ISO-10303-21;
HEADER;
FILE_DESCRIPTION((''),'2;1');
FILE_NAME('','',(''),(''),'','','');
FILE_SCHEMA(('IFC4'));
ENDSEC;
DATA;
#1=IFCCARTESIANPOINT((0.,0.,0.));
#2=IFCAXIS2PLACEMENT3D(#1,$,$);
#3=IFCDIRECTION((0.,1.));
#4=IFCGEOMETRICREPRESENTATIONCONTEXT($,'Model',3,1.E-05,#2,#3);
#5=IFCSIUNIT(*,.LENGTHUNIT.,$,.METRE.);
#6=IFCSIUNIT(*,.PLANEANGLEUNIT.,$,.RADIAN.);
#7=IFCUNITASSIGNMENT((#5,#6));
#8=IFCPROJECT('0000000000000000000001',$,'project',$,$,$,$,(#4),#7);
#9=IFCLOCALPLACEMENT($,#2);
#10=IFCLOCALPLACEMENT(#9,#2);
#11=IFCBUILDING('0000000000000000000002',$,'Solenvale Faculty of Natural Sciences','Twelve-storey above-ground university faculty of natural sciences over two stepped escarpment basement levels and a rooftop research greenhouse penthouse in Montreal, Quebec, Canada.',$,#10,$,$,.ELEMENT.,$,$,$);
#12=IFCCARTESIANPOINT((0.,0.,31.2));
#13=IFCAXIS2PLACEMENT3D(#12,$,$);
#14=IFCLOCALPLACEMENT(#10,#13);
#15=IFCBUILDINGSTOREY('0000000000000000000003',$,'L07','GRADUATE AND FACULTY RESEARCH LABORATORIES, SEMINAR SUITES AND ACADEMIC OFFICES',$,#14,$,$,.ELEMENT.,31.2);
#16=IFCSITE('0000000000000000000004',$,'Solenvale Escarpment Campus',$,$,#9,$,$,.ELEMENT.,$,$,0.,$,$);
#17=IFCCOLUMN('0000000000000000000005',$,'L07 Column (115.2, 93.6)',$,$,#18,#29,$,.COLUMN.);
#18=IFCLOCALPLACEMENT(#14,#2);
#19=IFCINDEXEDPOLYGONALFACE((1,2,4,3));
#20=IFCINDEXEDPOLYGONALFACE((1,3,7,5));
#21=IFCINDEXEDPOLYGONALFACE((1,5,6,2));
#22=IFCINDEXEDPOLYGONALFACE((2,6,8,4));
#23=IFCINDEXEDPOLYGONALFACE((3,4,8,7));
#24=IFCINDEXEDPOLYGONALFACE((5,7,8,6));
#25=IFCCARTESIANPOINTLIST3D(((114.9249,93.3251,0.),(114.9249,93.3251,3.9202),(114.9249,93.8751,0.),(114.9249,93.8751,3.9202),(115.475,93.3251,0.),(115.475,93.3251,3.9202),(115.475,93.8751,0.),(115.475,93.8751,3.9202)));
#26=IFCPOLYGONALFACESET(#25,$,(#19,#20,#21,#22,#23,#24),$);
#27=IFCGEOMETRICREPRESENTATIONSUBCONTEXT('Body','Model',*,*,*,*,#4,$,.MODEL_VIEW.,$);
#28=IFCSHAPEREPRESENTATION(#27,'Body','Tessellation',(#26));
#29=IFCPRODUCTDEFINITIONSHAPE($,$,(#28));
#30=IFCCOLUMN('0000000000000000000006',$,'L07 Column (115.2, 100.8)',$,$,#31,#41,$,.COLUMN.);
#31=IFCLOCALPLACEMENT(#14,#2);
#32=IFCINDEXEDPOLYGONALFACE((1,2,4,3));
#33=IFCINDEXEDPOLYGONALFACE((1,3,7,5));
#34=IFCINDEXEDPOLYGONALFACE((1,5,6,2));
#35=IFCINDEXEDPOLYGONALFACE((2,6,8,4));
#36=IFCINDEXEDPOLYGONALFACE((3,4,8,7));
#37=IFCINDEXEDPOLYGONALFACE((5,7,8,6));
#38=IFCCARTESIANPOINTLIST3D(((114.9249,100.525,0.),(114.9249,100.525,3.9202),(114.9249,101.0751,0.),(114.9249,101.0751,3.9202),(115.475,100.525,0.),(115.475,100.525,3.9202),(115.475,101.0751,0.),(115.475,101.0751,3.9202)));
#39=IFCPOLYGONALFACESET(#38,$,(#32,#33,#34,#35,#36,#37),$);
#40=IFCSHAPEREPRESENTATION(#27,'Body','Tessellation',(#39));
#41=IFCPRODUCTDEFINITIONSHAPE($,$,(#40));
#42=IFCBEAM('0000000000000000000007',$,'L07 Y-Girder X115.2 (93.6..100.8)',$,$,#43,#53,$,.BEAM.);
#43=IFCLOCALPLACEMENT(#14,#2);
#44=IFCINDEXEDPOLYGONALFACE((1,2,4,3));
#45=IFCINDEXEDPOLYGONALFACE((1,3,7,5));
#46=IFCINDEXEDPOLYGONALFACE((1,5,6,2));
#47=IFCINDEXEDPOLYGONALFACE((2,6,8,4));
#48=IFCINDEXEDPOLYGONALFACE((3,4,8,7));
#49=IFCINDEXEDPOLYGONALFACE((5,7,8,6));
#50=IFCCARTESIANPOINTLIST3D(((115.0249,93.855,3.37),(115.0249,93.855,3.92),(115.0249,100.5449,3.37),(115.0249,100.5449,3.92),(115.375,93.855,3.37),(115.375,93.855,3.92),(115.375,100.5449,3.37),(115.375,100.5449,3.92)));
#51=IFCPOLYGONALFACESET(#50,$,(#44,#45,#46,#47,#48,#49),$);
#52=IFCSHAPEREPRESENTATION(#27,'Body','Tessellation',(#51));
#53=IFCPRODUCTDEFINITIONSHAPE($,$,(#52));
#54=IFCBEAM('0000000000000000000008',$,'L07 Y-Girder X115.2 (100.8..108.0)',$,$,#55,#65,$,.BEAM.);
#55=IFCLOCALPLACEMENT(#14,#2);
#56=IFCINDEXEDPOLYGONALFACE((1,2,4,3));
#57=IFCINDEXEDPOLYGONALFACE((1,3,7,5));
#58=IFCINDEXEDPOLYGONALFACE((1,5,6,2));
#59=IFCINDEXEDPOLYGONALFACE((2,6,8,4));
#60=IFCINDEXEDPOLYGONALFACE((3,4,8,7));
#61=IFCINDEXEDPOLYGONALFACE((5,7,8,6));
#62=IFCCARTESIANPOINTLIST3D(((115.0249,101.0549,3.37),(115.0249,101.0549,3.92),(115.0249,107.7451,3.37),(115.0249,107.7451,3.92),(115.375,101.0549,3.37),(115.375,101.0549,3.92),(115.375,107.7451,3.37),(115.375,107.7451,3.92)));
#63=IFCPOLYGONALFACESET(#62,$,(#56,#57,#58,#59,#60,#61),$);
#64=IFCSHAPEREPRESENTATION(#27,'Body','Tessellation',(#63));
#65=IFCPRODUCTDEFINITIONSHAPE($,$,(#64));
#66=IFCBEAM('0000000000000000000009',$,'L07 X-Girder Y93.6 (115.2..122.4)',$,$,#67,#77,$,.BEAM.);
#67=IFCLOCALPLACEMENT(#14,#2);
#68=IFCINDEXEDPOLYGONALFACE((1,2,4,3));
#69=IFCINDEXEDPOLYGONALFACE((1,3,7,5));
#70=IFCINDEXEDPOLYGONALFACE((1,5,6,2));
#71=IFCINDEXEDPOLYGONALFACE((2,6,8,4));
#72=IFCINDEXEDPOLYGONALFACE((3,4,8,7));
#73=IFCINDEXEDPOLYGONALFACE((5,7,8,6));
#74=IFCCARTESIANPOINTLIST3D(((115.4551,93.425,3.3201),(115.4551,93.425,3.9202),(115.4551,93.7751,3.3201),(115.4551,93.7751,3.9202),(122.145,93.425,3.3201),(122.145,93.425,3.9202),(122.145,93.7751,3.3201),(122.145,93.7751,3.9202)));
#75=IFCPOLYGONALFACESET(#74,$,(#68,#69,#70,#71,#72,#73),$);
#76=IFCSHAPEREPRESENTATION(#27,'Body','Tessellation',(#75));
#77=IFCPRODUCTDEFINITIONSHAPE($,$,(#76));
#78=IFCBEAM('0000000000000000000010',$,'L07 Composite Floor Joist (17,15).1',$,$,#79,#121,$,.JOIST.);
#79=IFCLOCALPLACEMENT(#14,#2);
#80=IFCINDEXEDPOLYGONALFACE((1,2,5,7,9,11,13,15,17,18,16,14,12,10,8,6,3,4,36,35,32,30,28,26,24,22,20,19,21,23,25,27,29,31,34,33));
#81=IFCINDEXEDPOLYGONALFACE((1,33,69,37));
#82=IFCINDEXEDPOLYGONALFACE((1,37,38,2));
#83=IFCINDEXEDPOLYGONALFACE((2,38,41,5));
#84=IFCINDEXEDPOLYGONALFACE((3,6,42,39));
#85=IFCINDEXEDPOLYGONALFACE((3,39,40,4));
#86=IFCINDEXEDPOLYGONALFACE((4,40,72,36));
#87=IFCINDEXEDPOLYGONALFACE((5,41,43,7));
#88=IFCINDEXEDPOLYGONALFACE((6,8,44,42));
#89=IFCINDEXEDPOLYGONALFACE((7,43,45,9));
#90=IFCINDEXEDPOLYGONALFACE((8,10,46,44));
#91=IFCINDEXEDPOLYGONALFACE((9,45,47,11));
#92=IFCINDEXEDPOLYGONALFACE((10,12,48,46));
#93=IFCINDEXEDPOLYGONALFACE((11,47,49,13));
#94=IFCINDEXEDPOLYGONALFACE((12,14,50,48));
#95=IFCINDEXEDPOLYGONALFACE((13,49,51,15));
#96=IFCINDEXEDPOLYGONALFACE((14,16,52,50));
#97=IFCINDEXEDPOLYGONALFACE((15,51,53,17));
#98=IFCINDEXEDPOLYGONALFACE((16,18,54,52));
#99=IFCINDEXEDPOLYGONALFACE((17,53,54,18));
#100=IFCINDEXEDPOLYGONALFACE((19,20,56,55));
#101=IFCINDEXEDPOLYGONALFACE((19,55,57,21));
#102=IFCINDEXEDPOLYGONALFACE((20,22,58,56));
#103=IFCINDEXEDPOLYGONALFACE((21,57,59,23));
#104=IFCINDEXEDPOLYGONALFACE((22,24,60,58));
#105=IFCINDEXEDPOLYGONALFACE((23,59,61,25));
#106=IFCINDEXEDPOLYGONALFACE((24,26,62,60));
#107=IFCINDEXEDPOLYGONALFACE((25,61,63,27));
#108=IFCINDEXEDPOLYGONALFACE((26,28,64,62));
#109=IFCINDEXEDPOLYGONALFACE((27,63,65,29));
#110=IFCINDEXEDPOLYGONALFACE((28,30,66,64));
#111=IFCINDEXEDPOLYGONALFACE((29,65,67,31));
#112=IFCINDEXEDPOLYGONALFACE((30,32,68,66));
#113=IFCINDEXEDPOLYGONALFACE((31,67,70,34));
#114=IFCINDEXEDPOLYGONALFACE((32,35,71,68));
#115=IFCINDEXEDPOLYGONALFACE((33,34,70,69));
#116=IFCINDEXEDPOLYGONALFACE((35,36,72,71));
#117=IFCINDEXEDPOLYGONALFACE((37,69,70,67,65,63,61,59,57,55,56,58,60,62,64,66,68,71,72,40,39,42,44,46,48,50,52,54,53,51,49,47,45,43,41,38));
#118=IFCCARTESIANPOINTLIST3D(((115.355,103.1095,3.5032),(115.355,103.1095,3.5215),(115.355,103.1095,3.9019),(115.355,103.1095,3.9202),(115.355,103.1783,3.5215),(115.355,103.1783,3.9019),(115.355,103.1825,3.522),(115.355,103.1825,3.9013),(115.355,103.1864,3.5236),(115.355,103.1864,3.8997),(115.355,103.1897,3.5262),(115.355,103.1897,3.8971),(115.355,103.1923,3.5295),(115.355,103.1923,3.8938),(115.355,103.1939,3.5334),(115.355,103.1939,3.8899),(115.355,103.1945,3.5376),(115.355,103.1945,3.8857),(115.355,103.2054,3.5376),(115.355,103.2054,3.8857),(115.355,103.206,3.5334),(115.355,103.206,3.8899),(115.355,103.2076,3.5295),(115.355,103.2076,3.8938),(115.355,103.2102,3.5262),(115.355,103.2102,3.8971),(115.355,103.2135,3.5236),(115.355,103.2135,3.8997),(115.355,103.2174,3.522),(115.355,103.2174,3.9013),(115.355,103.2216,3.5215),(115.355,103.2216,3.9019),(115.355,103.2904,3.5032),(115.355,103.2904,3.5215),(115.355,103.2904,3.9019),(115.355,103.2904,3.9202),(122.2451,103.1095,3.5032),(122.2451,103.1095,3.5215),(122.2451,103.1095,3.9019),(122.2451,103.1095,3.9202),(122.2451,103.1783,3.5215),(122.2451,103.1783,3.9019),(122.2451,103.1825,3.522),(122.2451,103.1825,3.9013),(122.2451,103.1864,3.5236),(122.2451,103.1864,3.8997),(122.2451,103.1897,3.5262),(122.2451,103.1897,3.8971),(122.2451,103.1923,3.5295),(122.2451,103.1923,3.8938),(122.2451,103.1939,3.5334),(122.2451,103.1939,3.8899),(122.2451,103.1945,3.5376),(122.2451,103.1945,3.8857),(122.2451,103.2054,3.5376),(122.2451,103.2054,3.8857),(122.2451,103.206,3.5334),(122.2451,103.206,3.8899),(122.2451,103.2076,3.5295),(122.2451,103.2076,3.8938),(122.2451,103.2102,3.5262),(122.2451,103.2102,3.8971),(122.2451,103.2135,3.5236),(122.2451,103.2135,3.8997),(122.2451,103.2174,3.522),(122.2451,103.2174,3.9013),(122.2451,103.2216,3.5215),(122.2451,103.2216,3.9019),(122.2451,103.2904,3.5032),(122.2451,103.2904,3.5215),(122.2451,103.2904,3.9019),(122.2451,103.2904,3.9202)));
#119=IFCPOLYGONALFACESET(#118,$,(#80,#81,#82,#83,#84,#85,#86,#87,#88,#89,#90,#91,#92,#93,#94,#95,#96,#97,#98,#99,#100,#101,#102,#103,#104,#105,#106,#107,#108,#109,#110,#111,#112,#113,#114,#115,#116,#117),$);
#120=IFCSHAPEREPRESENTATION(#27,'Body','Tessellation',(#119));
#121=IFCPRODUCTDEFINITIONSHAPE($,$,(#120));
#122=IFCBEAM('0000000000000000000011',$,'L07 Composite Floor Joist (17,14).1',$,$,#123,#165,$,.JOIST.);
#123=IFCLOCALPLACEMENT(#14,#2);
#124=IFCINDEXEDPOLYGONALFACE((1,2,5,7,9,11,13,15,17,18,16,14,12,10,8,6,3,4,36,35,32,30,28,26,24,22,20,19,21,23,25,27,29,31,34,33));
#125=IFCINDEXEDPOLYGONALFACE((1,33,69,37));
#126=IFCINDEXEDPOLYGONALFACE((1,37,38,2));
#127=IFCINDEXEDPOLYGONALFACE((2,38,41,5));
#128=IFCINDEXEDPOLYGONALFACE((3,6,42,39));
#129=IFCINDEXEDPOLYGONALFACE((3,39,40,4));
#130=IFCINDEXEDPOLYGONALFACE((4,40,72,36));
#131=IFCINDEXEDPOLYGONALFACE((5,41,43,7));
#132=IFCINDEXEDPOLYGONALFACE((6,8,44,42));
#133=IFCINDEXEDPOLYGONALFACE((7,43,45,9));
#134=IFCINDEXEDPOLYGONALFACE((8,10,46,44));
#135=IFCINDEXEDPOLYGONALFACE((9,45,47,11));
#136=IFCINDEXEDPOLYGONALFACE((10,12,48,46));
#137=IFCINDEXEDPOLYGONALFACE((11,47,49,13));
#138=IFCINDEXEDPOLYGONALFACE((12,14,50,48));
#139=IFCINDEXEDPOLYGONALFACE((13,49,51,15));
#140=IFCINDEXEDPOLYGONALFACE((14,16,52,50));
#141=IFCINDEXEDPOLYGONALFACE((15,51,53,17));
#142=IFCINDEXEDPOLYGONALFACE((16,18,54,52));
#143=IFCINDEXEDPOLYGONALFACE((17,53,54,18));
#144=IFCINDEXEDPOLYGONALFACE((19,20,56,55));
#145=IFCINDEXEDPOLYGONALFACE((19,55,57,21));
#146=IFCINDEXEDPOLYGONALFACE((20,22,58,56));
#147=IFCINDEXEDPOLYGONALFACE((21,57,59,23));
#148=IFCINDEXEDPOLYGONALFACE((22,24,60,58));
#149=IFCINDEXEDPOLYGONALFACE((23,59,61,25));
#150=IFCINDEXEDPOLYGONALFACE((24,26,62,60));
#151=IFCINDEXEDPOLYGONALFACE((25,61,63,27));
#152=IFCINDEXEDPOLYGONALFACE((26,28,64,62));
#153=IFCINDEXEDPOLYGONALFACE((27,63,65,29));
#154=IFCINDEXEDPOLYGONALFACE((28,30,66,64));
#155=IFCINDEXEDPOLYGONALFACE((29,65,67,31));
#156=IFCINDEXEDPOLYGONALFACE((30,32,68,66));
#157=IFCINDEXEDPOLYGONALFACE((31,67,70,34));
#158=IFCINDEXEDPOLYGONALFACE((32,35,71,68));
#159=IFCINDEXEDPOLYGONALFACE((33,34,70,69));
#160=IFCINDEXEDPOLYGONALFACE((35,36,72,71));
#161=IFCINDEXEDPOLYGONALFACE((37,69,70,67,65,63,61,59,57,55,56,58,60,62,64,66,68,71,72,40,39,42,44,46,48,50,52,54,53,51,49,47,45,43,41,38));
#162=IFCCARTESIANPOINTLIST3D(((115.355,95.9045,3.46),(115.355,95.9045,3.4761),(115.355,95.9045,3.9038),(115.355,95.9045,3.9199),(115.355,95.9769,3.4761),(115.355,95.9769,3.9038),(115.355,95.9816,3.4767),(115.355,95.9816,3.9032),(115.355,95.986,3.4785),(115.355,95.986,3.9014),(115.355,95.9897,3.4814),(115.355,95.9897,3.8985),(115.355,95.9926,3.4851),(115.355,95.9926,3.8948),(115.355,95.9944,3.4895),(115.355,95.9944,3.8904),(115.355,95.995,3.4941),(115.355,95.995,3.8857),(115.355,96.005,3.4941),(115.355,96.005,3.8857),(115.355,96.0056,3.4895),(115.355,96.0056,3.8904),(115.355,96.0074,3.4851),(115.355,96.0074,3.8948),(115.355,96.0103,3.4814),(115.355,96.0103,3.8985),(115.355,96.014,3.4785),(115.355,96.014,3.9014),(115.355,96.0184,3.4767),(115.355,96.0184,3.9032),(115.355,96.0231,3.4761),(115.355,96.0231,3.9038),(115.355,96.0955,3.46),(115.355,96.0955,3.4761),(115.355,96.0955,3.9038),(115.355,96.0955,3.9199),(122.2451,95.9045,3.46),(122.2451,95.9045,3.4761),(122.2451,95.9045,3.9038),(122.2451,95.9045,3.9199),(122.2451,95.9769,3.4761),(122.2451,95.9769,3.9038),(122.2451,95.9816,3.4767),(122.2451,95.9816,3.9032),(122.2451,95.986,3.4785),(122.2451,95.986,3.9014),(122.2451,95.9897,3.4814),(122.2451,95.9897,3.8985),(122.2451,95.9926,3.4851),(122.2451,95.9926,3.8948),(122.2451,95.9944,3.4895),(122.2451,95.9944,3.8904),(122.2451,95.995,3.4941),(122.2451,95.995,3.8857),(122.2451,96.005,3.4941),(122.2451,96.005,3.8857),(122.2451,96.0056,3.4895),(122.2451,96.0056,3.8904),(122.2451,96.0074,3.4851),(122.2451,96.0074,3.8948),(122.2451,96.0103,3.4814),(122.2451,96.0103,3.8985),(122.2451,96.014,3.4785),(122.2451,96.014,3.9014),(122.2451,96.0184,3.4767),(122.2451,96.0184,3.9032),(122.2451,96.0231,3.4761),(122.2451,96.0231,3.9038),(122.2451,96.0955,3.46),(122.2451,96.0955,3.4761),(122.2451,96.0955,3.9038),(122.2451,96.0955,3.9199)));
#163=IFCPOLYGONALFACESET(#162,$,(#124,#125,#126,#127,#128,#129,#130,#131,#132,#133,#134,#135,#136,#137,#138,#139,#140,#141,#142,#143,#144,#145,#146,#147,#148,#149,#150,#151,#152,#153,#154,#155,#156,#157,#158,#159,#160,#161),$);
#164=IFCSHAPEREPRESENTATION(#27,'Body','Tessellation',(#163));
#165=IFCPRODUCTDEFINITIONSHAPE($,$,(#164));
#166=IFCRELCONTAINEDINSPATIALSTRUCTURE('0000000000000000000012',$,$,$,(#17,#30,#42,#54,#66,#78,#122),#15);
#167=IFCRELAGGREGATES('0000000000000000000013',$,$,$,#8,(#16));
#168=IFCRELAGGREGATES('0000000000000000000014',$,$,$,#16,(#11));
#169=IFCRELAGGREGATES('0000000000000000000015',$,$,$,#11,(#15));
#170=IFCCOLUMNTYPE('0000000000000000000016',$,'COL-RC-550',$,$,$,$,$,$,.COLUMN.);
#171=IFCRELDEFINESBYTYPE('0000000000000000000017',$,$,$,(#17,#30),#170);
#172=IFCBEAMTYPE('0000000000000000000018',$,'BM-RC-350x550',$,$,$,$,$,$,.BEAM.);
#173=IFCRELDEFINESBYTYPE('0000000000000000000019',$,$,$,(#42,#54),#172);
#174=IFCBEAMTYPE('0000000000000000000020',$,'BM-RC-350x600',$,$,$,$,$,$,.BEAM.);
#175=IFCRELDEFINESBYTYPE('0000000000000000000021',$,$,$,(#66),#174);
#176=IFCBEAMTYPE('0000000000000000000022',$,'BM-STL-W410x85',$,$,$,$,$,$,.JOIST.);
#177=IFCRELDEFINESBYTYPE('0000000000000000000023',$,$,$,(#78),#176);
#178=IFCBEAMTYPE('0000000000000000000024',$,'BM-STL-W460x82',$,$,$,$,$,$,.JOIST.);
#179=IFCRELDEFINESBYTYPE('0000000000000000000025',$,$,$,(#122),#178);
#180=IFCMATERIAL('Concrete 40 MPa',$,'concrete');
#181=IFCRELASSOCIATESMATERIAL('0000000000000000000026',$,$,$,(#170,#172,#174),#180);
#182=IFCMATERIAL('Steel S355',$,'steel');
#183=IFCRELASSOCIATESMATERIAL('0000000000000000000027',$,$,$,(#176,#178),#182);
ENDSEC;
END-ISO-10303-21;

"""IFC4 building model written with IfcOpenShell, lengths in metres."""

from ifc_helpers import new_model, si_unit, direction, frame, origin, origin_2d, place, context, subcontext, project, spatial, rectangle, i_section, extrude, material, material_profile, profile_set, type_object, element, save


model = new_model("IFC4")

# Units and contexts
model_context = context("Model", 3, precision=1e-05, world=origin(), true_north=direction((0.0, 1.0)))
body_context = subcontext(model_context, "Body", "Model", "MODEL_VIEW")
ifc_project = project(units=[si_unit("LENGTHUNIT", "METRE"), si_unit("PLANEANGLEUNIT", "RADIAN")], contexts=[model_context])

# Site, building, storey
site_placement = place(None, origin())
site = spatial("IfcSite", under=ifc_project, at=site_placement, Name="Solenvale Escarpment Campus", CompositionType="ELEMENT", RefElevation=0.0)
building_placement = place(site_placement, origin())
building = spatial("IfcBuilding", under=site, at=building_placement, Name="Solenvale Faculty of Natural Sciences", Description="Twelve-storey above-ground university faculty of natural sciences over two stepped escarpment basement levels and a rooftop research greenhouse penthouse in Montreal, Quebec, Canada.", CompositionType="ELEMENT")
storey_placement = place(building_placement, frame((0.0, 0.0, 31.2)))
storey = spatial("IfcBuildingStorey", under=building, at=storey_placement, Name="L07", Description="GRADUATE AND FACULTY RESEARCH LABORATORIES, SEMINAR SUITES AND ACADEMIC OFFICES", CompositionType="ELEMENT", Elevation=31.2)

# Columns
ifc_material_1 = material(Name="Concrete 40 MPa", Category="concrete")
ifc_material_profile_1 = material_profile(ifc_material_1, rectangle(XDim=0.55, YDim=0.55, at=origin_2d()), Name="RC-COL-550x550")
ifc_profile_set_1 = profile_set([ifc_material_profile_1], Name="Concrete 40 MPa")
column_type = type_object("IfcColumnType", Name="COL-RC-550", PredefinedType="COLUMN", material=ifc_profile_set_1)
for number, where, z_axis, x_axis, name in (
    (1, (115.2, 93.6001, 0.0), (0.0, 0.0, 1.0), (1.0, 0.0, 0.0), "L07 Column (115.2, 93.6)"),
    (2, (115.2, 100.8, 0.0), (0.0, 0.0, 1.0), (1.0, 0.0, 0.0), "L07 Column (115.2, 100.8)"),
):
    element("IfcColumn", number, at=place(storey_placement, frame(where, z_axis=z_axis, x_axis=x_axis)), inside=storey, type_object=column_type, Name=name, PredefinedType="COLUMN", context=body_context, shape_type="SweptSolid", body=[
        extrude(rectangle(XDim=0.55, YDim=0.55, at=origin_2d()), origin(), (0.0, 0.0, 1.0), 3.9202),
    ])

# Beams
ifc_material_profile_2 = material_profile(ifc_material_1, rectangle(XDim=0.3501, YDim=0.55, at=origin_2d()), Name="RC-BM-350x550")
ifc_profile_set_2 = profile_set([ifc_material_profile_2], Name="Concrete 40 MPa")
beam_type_1 = type_object("IfcBeamType", Name="BM-RC-350x550", PredefinedType="BEAM", material=ifc_profile_set_2)
beam_1_placement = place(storey_placement, frame((115.2, 93.855, 3.645), z_axis=(0.0, 1.0, 0.0), x_axis=(-1.0, 0.0, 0.0)))
element("IfcBeam", 3, at=beam_1_placement, inside=storey, type_object=beam_type_1, Name="L07 Y-Girder X115.2 (93.6..100.8)", PredefinedType="BEAM", context=body_context, shape_type="SweptSolid", body=[
    extrude(rectangle(XDim=0.3501, YDim=0.55, at=origin_2d()), origin(), (0.0, 0.0, 1.0), 6.6899),
])
beam_2_placement = place(storey_placement, frame((115.2, 101.0549, 3.645), z_axis=(0.0, 1.0, 0.0), x_axis=(-1.0, 0.0, 0.0)))
element("IfcBeam", 4, at=beam_2_placement, inside=storey, type_object=beam_type_1, Name="L07 Y-Girder X115.2 (100.8..108.0)", PredefinedType="BEAM", context=body_context, shape_type="SweptSolid", body=[
    extrude(rectangle(XDim=0.3501, YDim=0.55, at=origin_2d()), origin(), (0.0, 0.0, 1.0), 6.6902),
])
ifc_material_profile_3 = material_profile(ifc_material_1, rectangle(XDim=0.3501, YDim=0.6001, at=origin_2d()), Name="RC-BM-350x600")
ifc_profile_set_3 = profile_set([ifc_material_profile_3], Name="Concrete 40 MPa")
beam_type_2 = type_object("IfcBeamType", Name="BM-RC-350x600", PredefinedType="BEAM", material=ifc_profile_set_3)
beam_3_placement = place(storey_placement, frame((115.4551, 93.6001, 3.6201), z_axis=(1.0, 0.0, 0.0), x_axis=(0.0, 1.0, 0.0)))
element("IfcBeam", 5, at=beam_3_placement, inside=storey, type_object=beam_type_2, Name="L07 X-Girder Y93.6 (115.2..122.4)", PredefinedType="BEAM", context=body_context, shape_type="SweptSolid", body=[
    extrude(rectangle(XDim=0.3501, YDim=0.6001, at=origin_2d()), origin(), (0.0, 0.0, 1.0), 6.6899),
])
ifc_material_2 = material(Name="Steel S355", Category="steel")
ifc_material_profile_4 = material_profile(ifc_material_2, i_section(OverallWidth=0.1809, OverallDepth=0.417, WebThickness=0.011, FlangeThickness=0.0183, FilletRadius=0.0161, at=origin_2d()), Name="W410x85")
ifc_profile_set_4 = profile_set([ifc_material_profile_4], Name="Steel S355")
beam_type_3 = type_object("IfcBeamType", Name="BM-STL-W410x85", PredefinedType="JOIST", material=ifc_profile_set_4)
beam_4_placement = place(storey_placement, frame((115.355, 103.2, 3.7117), z_axis=(1.0, 0.0, 0.0), x_axis=(0.0, 1.0, 0.0)))
element("IfcBeam", 6, at=beam_4_placement, inside=storey, type_object=beam_type_3, Name="L07 Composite Floor Joist (17,15).1", PredefinedType="JOIST", context=body_context, shape_type="SweptSolid", body=[
    extrude(i_section(OverallWidth=0.1809, OverallDepth=0.417, WebThickness=0.011, FlangeThickness=0.0183, FilletRadius=0.0161, at=origin_2d()), origin(), (0.0, 0.0, 1.0), 6.8901),
])
ifc_material_profile_5 = material_profile(ifc_material_2, i_section(OverallWidth=0.1909, OverallDepth=0.46, WebThickness=0.01, FlangeThickness=0.0161, FilletRadius=0.0181, at=origin_2d()), Name="W460x82")
ifc_profile_set_5 = profile_set([ifc_material_profile_5], Name="Steel S355")
beam_type_4 = type_object("IfcBeamType", Name="BM-STL-W460x82", PredefinedType="JOIST", material=ifc_profile_set_5)
for number, where, z_axis, x_axis, name in (
    (7, (115.355, 96.0, 3.6899), (1.0, 0.0, 0.0), (0.0, 1.0, 0.0), "L07 Composite Floor Joist (17,14).1"),
):
    element("IfcBeam", number, at=place(storey_placement, frame(where, z_axis=z_axis, x_axis=x_axis)), inside=storey, type_object=beam_type_4, Name=name, PredefinedType="JOIST", context=body_context, shape_type="SweptSolid", body=[
        extrude(i_section(OverallWidth=0.1909, OverallDepth=0.46, WebThickness=0.01, FlangeThickness=0.0161, FilletRadius=0.0181, at=origin_2d()), origin(), (0.0, 0.0, 1.0), 6.8901),
    ])

save(model, "model.ifc")
